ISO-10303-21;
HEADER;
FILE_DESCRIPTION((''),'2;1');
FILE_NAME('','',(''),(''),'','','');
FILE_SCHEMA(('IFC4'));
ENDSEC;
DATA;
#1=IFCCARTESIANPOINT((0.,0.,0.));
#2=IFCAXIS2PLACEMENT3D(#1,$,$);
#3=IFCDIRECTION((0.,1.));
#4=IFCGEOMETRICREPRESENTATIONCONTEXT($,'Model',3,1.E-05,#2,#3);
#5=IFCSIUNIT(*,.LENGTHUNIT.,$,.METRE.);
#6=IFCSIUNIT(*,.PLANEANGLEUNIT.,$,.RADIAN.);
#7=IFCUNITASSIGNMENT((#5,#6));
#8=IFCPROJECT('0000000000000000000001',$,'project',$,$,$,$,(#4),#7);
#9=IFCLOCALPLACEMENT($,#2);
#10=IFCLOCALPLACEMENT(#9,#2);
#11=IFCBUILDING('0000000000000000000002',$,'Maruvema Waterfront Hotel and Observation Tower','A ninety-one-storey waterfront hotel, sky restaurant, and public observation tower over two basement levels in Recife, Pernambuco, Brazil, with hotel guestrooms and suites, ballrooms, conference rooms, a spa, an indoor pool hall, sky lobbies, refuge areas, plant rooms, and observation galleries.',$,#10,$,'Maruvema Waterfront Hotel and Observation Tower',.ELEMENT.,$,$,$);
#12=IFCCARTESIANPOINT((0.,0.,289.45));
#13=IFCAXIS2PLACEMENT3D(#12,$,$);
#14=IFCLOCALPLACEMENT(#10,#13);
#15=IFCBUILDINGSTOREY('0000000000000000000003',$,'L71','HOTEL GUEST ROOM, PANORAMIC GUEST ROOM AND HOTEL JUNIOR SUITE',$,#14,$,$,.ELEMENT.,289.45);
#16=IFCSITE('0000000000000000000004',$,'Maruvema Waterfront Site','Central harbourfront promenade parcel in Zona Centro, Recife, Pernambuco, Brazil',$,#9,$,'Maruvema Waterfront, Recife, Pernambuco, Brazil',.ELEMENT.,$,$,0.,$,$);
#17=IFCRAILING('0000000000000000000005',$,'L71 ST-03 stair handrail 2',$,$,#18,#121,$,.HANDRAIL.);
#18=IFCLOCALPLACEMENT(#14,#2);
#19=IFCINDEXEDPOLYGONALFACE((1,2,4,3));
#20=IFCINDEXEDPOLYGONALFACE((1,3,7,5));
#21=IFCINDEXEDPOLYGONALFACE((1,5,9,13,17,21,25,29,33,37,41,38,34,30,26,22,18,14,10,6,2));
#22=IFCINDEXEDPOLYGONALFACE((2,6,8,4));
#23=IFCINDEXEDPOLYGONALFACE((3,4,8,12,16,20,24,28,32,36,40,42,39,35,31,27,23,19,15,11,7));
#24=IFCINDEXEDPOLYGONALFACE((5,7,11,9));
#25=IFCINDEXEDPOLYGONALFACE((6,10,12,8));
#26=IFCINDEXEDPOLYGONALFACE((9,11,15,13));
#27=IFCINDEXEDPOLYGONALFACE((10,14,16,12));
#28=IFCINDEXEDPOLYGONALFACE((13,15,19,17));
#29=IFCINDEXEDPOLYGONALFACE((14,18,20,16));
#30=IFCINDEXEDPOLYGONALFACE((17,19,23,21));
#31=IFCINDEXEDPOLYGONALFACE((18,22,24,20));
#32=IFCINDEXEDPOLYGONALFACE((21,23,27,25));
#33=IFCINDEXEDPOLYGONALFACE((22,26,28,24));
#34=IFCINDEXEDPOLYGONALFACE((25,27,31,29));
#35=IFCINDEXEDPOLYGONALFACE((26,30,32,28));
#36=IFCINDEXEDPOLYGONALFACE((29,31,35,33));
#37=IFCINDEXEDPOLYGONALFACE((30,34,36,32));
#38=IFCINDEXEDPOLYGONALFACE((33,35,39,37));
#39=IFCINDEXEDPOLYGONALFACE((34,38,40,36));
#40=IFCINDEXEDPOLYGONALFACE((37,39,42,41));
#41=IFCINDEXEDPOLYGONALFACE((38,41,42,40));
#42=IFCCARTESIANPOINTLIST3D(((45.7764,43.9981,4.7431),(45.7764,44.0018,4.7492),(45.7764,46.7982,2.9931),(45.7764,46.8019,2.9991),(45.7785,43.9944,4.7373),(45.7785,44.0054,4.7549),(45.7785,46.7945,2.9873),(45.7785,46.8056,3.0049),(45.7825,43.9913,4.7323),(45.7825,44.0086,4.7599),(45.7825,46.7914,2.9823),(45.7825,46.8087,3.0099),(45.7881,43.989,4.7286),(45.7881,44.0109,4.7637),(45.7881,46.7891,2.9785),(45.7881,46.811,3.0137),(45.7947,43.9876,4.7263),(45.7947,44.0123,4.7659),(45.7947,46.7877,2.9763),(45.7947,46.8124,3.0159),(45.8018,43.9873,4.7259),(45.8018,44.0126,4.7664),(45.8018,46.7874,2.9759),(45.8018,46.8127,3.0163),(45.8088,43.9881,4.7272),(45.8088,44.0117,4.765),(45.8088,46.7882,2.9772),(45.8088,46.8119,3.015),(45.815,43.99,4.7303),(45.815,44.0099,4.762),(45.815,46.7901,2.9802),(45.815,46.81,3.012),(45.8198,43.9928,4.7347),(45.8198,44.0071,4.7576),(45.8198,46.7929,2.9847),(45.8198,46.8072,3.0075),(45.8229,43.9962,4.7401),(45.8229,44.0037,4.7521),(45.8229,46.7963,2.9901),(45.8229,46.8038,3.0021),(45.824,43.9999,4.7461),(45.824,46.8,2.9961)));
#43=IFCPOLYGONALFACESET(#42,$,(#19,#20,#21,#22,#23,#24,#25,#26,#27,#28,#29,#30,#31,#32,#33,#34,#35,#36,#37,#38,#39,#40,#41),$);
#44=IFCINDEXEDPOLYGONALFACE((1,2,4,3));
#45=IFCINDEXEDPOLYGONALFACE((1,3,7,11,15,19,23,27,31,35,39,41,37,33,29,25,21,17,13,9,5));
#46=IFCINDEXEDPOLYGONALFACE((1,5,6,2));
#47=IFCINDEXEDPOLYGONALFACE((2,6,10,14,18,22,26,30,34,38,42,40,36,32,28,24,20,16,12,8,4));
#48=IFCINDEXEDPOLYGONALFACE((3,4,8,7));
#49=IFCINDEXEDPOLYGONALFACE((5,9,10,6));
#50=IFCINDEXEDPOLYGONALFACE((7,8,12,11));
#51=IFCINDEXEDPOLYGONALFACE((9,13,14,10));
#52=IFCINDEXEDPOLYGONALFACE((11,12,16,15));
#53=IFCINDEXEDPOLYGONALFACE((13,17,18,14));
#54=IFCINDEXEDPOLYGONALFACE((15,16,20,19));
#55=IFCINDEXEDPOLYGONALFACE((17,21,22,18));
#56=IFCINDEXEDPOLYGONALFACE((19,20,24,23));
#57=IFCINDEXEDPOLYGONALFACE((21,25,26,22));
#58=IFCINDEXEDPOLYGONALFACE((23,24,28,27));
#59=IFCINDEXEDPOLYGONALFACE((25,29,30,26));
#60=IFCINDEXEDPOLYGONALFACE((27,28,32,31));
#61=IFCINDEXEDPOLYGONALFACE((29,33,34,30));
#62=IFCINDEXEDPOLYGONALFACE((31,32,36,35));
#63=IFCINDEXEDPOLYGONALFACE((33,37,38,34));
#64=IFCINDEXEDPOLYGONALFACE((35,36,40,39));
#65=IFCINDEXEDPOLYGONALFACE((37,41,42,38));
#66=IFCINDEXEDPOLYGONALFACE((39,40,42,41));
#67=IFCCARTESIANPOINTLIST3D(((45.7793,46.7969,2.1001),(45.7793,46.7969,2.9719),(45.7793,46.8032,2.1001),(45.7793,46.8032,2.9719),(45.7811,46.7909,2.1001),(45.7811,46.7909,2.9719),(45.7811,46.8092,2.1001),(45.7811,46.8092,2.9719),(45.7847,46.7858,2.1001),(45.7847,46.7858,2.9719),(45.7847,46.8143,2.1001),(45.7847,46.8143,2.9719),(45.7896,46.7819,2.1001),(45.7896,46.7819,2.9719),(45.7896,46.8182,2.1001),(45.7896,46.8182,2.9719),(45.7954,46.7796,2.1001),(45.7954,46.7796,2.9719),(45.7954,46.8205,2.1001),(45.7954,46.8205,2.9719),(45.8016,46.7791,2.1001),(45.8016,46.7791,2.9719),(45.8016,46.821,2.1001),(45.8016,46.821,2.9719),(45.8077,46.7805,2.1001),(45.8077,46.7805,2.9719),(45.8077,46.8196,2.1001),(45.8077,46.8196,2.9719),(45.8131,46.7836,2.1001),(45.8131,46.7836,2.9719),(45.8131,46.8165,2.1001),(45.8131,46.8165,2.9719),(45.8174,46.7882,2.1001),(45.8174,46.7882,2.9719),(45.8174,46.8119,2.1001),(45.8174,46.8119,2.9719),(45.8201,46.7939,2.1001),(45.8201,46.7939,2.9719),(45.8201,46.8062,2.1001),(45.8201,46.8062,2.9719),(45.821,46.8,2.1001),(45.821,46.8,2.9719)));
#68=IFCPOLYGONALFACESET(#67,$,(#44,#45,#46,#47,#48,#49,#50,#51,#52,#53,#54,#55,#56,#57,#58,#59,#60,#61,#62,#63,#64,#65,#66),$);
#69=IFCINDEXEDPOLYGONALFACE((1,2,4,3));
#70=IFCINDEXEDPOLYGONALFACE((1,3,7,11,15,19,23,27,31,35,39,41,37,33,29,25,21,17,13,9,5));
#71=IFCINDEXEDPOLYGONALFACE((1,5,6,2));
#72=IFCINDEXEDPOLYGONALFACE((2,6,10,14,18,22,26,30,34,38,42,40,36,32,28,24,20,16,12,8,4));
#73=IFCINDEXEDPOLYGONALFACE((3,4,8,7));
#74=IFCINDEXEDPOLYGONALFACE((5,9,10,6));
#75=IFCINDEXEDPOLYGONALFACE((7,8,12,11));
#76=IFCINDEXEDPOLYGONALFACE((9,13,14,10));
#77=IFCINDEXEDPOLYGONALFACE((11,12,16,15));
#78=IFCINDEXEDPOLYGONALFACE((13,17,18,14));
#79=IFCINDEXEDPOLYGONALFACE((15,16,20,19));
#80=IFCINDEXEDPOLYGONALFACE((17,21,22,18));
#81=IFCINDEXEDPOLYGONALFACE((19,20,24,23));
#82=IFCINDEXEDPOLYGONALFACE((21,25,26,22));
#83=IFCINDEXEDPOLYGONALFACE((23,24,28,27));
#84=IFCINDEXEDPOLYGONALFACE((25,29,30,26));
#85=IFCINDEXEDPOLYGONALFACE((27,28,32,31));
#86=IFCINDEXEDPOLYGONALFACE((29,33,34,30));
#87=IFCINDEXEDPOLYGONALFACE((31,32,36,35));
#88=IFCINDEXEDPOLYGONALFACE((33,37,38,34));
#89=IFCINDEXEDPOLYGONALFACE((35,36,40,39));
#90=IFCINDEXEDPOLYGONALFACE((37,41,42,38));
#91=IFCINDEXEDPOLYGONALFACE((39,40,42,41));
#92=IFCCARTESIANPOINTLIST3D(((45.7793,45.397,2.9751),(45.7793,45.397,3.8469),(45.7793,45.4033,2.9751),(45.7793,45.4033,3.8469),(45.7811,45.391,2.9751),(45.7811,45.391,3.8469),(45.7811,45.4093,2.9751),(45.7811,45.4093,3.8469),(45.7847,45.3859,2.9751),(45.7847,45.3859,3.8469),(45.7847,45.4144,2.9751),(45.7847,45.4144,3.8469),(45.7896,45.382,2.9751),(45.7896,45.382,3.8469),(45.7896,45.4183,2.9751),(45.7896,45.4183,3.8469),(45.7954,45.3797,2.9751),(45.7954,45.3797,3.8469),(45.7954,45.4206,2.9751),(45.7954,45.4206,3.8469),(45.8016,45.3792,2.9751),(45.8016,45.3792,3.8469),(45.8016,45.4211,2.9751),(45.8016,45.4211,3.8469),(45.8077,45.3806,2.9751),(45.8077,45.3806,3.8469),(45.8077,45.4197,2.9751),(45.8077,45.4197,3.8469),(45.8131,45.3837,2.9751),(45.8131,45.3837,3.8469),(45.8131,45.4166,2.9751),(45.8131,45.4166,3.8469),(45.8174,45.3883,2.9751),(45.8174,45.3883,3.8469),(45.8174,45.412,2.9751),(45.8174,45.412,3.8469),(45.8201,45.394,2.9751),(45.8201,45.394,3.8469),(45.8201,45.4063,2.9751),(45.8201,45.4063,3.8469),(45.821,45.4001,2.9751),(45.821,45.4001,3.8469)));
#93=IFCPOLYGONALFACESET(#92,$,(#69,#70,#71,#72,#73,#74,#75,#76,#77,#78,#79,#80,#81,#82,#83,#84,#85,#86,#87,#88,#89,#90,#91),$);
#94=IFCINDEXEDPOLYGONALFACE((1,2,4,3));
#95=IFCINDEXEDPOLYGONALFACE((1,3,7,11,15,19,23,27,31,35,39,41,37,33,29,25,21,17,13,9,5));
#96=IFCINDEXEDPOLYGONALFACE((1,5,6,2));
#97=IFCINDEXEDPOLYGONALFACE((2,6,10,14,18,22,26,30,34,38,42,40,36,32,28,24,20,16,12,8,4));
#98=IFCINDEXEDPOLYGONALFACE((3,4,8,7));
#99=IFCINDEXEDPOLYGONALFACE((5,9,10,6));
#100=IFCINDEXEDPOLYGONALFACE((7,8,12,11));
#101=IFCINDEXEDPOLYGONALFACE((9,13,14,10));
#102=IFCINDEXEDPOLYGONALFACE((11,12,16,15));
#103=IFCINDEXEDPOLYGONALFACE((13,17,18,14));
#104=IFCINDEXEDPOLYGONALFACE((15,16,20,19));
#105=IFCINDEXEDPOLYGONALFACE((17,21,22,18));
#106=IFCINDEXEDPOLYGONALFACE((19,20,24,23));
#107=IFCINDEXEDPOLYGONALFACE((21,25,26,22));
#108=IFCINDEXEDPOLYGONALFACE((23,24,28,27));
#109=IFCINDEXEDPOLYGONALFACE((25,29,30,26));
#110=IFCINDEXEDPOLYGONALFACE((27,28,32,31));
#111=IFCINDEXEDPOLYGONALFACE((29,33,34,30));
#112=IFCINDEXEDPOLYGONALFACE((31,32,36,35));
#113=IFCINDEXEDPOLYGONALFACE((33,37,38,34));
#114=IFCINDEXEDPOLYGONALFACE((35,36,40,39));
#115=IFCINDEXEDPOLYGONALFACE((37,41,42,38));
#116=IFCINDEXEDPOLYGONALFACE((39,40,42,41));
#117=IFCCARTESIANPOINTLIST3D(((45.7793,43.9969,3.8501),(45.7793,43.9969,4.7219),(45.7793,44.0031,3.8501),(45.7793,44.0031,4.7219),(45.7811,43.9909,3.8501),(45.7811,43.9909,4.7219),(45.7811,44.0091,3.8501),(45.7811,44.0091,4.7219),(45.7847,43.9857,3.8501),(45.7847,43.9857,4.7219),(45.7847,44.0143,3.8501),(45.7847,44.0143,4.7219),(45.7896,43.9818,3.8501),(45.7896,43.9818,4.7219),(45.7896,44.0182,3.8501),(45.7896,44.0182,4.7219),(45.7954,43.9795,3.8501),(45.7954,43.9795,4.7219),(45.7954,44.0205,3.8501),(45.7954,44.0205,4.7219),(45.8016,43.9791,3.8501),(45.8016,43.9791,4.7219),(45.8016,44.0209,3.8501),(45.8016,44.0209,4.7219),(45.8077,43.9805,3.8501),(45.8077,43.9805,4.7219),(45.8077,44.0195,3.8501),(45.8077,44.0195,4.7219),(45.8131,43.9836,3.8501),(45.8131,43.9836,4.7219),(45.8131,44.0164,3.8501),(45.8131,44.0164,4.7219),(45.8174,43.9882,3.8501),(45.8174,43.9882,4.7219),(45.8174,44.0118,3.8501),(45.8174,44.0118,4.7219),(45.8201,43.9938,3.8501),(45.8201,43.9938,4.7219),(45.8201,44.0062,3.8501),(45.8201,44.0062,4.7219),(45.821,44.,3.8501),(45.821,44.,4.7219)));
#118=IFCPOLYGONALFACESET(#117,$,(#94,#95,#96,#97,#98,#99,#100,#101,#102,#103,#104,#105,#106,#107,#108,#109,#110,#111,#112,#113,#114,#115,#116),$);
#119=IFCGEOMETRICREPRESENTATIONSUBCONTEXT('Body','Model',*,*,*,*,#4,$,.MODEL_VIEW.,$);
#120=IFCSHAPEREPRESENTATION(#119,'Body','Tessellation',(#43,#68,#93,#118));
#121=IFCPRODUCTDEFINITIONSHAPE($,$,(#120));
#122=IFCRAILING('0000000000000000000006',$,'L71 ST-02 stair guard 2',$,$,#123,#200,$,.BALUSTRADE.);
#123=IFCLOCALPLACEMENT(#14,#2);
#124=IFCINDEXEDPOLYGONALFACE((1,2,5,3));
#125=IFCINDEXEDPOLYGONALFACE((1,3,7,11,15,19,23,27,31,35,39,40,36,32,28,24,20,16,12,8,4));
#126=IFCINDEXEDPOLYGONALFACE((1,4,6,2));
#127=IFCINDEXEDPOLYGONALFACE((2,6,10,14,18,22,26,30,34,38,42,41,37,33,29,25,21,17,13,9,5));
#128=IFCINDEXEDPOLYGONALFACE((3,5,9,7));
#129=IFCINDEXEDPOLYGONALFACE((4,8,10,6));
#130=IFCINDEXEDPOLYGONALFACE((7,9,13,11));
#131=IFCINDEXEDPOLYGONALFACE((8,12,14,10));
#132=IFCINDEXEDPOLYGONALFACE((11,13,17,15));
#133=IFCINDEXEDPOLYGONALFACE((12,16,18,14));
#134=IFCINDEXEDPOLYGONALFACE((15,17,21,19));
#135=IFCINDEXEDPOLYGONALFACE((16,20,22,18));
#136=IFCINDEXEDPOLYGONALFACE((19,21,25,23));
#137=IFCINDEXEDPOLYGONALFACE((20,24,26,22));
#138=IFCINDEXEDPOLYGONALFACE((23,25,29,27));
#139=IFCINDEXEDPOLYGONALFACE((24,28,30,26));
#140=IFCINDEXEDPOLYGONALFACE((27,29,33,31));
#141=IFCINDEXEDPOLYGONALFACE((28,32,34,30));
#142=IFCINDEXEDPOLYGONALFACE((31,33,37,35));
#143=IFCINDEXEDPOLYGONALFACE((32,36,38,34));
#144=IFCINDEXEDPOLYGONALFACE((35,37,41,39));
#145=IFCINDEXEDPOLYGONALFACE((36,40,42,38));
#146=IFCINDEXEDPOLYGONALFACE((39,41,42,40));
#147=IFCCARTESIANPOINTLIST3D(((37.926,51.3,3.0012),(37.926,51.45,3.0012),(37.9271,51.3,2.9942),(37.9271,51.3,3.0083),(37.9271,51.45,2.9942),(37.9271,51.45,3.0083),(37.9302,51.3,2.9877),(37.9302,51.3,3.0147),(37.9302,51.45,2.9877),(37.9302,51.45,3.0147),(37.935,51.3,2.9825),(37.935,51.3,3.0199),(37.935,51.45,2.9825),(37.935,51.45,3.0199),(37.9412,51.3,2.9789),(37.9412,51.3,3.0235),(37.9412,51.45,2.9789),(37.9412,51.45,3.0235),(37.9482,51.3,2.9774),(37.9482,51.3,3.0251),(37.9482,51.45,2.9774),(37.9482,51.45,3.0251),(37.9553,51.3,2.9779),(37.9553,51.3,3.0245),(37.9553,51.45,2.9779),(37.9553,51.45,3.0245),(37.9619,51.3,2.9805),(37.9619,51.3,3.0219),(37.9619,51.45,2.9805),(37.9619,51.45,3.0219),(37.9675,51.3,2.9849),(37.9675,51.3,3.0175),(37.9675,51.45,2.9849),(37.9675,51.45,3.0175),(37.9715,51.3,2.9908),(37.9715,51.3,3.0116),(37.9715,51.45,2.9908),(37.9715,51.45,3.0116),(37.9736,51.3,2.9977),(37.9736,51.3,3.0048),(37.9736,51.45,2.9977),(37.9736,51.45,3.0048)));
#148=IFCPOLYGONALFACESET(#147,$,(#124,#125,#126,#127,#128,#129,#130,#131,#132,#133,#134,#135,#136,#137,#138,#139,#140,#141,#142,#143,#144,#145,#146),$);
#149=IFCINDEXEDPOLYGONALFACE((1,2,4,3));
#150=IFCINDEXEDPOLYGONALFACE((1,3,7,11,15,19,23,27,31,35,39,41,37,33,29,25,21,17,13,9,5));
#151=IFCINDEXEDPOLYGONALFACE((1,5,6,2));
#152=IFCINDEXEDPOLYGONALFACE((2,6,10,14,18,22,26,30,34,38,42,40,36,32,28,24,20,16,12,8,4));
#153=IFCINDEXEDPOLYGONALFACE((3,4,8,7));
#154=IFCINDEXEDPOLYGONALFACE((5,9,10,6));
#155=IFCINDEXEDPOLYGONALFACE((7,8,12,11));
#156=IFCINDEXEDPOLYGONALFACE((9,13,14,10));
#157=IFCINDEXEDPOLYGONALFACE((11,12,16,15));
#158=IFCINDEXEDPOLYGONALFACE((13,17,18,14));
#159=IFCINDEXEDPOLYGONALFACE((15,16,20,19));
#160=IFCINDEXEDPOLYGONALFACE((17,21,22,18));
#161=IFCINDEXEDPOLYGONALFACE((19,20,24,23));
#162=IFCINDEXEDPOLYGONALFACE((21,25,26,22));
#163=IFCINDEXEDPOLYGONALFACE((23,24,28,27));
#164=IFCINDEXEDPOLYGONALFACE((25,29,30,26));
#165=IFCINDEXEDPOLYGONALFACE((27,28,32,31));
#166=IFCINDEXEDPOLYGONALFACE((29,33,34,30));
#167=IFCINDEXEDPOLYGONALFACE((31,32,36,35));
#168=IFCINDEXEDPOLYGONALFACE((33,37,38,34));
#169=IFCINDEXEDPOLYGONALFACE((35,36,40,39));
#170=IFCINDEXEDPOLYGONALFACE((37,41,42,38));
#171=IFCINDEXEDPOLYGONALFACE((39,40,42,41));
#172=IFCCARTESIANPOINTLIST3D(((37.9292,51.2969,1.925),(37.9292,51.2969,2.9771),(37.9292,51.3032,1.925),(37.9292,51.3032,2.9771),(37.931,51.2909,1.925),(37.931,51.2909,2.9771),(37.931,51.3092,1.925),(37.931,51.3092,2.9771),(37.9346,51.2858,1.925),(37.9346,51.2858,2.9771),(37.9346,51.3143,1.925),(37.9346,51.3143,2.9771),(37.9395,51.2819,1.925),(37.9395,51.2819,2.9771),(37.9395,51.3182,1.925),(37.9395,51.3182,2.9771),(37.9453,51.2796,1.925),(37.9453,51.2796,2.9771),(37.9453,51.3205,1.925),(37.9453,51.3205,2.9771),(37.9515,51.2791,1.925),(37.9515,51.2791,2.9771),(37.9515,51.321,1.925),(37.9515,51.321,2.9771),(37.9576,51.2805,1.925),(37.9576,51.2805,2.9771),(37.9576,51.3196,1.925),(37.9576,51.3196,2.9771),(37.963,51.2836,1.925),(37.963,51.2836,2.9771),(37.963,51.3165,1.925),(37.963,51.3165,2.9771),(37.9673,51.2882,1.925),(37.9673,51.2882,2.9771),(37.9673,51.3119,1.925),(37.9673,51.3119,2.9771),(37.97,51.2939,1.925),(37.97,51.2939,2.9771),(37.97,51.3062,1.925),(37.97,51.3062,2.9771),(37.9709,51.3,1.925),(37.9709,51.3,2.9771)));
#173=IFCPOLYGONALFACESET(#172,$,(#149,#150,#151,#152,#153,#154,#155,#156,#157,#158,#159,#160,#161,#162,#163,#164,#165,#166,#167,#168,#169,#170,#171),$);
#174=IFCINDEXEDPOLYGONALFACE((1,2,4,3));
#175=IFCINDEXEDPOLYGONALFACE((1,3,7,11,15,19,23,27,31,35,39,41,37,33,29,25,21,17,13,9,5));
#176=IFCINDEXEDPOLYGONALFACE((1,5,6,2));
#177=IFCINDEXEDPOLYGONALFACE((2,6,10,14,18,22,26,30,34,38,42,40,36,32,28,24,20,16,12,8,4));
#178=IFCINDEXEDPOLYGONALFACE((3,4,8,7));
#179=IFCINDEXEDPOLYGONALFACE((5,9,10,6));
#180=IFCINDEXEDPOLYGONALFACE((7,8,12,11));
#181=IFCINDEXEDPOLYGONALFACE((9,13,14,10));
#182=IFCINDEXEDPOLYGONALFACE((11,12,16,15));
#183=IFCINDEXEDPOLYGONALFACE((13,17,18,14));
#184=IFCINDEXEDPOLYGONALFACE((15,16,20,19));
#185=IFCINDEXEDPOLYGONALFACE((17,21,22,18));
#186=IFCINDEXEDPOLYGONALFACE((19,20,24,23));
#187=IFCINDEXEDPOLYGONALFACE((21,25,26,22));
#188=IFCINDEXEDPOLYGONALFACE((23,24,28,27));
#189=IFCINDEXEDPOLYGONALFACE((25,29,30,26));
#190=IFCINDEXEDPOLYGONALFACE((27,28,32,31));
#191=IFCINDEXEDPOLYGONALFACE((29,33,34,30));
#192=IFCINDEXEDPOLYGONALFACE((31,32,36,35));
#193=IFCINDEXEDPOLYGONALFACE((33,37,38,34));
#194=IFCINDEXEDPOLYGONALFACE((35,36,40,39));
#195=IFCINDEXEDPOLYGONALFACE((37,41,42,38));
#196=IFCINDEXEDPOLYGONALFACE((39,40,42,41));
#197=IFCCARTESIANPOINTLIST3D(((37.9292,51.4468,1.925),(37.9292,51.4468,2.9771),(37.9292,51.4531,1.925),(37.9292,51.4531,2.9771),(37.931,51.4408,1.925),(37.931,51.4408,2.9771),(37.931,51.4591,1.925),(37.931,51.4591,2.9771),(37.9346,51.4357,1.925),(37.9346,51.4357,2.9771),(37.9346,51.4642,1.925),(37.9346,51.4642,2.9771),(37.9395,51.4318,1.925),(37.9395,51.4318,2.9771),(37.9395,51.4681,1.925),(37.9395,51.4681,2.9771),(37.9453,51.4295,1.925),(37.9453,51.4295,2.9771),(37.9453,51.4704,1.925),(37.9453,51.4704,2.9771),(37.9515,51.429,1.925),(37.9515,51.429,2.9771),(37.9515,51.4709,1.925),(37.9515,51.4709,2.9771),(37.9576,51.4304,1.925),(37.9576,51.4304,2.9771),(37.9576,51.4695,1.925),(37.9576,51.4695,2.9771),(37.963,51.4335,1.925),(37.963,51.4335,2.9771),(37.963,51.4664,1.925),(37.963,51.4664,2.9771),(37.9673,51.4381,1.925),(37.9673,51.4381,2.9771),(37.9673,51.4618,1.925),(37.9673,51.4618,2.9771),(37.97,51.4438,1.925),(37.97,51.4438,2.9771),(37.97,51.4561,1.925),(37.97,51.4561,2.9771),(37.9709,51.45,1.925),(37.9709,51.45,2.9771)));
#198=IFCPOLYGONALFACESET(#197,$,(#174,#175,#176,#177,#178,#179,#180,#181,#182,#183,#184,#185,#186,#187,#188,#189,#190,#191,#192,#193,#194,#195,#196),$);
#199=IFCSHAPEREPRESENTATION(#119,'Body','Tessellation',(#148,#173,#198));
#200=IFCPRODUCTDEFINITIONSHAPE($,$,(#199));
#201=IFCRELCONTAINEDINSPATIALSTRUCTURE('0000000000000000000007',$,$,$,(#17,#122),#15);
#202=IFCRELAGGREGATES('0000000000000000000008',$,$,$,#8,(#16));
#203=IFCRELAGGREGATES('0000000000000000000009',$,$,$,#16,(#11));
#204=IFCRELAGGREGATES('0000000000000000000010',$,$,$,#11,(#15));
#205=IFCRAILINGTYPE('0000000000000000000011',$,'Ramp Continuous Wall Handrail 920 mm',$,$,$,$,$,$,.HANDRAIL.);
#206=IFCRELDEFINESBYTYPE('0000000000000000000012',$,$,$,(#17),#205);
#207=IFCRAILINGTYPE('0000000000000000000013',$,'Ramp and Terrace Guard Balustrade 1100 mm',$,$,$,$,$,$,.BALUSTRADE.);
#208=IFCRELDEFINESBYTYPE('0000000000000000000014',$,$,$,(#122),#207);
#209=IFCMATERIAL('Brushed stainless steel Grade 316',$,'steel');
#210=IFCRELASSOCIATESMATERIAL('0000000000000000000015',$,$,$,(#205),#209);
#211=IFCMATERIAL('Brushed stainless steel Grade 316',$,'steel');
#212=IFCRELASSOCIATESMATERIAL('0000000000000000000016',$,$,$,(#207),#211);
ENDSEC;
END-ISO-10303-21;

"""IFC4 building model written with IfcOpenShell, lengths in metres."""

from ifc_helpers import new_model, si_unit, direction, frame, origin, origin_2d, place, context, subcontext, project, spatial, circle, extrude, material, type_object, element, save


model = new_model("IFC4")

# Units and contexts
model_context = context("Model", 3, precision=1e-05, world=origin(), true_north=direction((0.0, 1.0)))
body_context = subcontext(model_context, "Body", "Model", "MODEL_VIEW")
ifc_project = project(units=[si_unit("LENGTHUNIT", "METRE"), si_unit("PLANEANGLEUNIT", "RADIAN")], contexts=[model_context])

# Site, building, storey
site_placement = place(None, origin())
site = spatial("IfcSite", under=ifc_project, at=site_placement, Name="Maruvema Waterfront Site", Description="Central harbourfront promenade parcel in Zona Centro, Recife, Pernambuco, Brazil", LongName="Maruvema Waterfront, Recife, Pernambuco, Brazil", CompositionType="ELEMENT", RefElevation=0.0)
building_placement = place(site_placement, origin())
building = spatial("IfcBuilding", under=site, at=building_placement, Name="Maruvema Waterfront Hotel and Observation Tower", Description="A ninety-one-storey waterfront hotel, sky restaurant, and public observation tower over two basement levels in Recife, Pernambuco, Brazil, with hotel guestrooms and suites, ballrooms, conference rooms, a spa, an indoor pool hall, sky lobbies, refuge areas, plant rooms, and observation galleries.", LongName="Maruvema Waterfront Hotel and Observation Tower", CompositionType="ELEMENT")
storey_placement = place(building_placement, frame((0.0, 0.0, 289.45)))
storey = spatial("IfcBuildingStorey", under=building, at=storey_placement, Name="L71", Description="HOTEL GUEST ROOM, PANORAMIC GUEST ROOM AND HOTEL JUNIOR SUITE", CompositionType="ELEMENT", Elevation=289.45)

# Railings
ifc_material_1 = material(Name="Brushed stainless steel Grade 316", Category="steel")
railing_type_1 = type_object("IfcRailingType", Name="Ramp Continuous Wall Handrail 920 mm", PredefinedType="HANDRAIL", material=ifc_material_1)
railing_1_placement = place(storey_placement, frame((45.8, 46.8, 2.1001)))
element("IfcRailing", 1, at=railing_1_placement, inside=storey, type_object=railing_type_1, Name="L71 ST-03 stair handrail 2", PredefinedType="HANDRAIL", context=body_context, shape_type="SweptSolid", body=[
    extrude(circle(Radius=0.0239, at=origin_2d()), frame((0.0, 0.0, 0.896), z_axis=(0.0, -0.848002, 0.529992), x_axis=(1.0, 0.0, 0.0)), (0.0, 0.0, 1.0), 3.302),
    extrude(circle(Radius=0.021, at=origin_2d()), origin(), (0.0, 0.0, 1.0), 0.8718),
    extrude(circle(Radius=0.021, at=origin_2d()), frame((0.0, -1.3999, 0.875)), (0.0, 0.0, 1.0), 0.8718),
    extrude(circle(Radius=0.021, at=origin_2d()), frame((0.0, -2.8, 1.75)), (0.0, 0.0, 1.0), 0.8718),
])
ifc_material_2 = material(Name="Brushed stainless steel Grade 316", Category="steel")
railing_type_2 = type_object("IfcRailingType", Name="Ramp and Terrace Guard Balustrade 1100 mm", PredefinedType="BALUSTRADE", material=ifc_material_2)
railing_2_placement = place(storey_placement, frame((37.95, 51.3, 1.925)))
element("IfcRailing", 2, at=railing_2_placement, inside=storey, type_object=railing_type_2, Name="L71 ST-02 stair guard 2", PredefinedType="BALUSTRADE", context=body_context, shape_type="SweptSolid", body=[
    extrude(circle(Radius=0.0239, at=origin_2d()), frame((0.0, 0.0, 1.0762), z_axis=(0.0, 1.0, 0.0), x_axis=(-1.0, 0.0, 0.0)), (0.0, 0.0, 1.0), 0.1499),
    extrude(circle(Radius=0.021, at=origin_2d()), origin(), (0.0, 0.0, 1.0), 1.052),
    extrude(circle(Radius=0.021, at=origin_2d()), frame((0.0, 0.1499, 0.0)), (0.0, 0.0, 1.0), 1.052),
])

save(model, "model.ifc")
